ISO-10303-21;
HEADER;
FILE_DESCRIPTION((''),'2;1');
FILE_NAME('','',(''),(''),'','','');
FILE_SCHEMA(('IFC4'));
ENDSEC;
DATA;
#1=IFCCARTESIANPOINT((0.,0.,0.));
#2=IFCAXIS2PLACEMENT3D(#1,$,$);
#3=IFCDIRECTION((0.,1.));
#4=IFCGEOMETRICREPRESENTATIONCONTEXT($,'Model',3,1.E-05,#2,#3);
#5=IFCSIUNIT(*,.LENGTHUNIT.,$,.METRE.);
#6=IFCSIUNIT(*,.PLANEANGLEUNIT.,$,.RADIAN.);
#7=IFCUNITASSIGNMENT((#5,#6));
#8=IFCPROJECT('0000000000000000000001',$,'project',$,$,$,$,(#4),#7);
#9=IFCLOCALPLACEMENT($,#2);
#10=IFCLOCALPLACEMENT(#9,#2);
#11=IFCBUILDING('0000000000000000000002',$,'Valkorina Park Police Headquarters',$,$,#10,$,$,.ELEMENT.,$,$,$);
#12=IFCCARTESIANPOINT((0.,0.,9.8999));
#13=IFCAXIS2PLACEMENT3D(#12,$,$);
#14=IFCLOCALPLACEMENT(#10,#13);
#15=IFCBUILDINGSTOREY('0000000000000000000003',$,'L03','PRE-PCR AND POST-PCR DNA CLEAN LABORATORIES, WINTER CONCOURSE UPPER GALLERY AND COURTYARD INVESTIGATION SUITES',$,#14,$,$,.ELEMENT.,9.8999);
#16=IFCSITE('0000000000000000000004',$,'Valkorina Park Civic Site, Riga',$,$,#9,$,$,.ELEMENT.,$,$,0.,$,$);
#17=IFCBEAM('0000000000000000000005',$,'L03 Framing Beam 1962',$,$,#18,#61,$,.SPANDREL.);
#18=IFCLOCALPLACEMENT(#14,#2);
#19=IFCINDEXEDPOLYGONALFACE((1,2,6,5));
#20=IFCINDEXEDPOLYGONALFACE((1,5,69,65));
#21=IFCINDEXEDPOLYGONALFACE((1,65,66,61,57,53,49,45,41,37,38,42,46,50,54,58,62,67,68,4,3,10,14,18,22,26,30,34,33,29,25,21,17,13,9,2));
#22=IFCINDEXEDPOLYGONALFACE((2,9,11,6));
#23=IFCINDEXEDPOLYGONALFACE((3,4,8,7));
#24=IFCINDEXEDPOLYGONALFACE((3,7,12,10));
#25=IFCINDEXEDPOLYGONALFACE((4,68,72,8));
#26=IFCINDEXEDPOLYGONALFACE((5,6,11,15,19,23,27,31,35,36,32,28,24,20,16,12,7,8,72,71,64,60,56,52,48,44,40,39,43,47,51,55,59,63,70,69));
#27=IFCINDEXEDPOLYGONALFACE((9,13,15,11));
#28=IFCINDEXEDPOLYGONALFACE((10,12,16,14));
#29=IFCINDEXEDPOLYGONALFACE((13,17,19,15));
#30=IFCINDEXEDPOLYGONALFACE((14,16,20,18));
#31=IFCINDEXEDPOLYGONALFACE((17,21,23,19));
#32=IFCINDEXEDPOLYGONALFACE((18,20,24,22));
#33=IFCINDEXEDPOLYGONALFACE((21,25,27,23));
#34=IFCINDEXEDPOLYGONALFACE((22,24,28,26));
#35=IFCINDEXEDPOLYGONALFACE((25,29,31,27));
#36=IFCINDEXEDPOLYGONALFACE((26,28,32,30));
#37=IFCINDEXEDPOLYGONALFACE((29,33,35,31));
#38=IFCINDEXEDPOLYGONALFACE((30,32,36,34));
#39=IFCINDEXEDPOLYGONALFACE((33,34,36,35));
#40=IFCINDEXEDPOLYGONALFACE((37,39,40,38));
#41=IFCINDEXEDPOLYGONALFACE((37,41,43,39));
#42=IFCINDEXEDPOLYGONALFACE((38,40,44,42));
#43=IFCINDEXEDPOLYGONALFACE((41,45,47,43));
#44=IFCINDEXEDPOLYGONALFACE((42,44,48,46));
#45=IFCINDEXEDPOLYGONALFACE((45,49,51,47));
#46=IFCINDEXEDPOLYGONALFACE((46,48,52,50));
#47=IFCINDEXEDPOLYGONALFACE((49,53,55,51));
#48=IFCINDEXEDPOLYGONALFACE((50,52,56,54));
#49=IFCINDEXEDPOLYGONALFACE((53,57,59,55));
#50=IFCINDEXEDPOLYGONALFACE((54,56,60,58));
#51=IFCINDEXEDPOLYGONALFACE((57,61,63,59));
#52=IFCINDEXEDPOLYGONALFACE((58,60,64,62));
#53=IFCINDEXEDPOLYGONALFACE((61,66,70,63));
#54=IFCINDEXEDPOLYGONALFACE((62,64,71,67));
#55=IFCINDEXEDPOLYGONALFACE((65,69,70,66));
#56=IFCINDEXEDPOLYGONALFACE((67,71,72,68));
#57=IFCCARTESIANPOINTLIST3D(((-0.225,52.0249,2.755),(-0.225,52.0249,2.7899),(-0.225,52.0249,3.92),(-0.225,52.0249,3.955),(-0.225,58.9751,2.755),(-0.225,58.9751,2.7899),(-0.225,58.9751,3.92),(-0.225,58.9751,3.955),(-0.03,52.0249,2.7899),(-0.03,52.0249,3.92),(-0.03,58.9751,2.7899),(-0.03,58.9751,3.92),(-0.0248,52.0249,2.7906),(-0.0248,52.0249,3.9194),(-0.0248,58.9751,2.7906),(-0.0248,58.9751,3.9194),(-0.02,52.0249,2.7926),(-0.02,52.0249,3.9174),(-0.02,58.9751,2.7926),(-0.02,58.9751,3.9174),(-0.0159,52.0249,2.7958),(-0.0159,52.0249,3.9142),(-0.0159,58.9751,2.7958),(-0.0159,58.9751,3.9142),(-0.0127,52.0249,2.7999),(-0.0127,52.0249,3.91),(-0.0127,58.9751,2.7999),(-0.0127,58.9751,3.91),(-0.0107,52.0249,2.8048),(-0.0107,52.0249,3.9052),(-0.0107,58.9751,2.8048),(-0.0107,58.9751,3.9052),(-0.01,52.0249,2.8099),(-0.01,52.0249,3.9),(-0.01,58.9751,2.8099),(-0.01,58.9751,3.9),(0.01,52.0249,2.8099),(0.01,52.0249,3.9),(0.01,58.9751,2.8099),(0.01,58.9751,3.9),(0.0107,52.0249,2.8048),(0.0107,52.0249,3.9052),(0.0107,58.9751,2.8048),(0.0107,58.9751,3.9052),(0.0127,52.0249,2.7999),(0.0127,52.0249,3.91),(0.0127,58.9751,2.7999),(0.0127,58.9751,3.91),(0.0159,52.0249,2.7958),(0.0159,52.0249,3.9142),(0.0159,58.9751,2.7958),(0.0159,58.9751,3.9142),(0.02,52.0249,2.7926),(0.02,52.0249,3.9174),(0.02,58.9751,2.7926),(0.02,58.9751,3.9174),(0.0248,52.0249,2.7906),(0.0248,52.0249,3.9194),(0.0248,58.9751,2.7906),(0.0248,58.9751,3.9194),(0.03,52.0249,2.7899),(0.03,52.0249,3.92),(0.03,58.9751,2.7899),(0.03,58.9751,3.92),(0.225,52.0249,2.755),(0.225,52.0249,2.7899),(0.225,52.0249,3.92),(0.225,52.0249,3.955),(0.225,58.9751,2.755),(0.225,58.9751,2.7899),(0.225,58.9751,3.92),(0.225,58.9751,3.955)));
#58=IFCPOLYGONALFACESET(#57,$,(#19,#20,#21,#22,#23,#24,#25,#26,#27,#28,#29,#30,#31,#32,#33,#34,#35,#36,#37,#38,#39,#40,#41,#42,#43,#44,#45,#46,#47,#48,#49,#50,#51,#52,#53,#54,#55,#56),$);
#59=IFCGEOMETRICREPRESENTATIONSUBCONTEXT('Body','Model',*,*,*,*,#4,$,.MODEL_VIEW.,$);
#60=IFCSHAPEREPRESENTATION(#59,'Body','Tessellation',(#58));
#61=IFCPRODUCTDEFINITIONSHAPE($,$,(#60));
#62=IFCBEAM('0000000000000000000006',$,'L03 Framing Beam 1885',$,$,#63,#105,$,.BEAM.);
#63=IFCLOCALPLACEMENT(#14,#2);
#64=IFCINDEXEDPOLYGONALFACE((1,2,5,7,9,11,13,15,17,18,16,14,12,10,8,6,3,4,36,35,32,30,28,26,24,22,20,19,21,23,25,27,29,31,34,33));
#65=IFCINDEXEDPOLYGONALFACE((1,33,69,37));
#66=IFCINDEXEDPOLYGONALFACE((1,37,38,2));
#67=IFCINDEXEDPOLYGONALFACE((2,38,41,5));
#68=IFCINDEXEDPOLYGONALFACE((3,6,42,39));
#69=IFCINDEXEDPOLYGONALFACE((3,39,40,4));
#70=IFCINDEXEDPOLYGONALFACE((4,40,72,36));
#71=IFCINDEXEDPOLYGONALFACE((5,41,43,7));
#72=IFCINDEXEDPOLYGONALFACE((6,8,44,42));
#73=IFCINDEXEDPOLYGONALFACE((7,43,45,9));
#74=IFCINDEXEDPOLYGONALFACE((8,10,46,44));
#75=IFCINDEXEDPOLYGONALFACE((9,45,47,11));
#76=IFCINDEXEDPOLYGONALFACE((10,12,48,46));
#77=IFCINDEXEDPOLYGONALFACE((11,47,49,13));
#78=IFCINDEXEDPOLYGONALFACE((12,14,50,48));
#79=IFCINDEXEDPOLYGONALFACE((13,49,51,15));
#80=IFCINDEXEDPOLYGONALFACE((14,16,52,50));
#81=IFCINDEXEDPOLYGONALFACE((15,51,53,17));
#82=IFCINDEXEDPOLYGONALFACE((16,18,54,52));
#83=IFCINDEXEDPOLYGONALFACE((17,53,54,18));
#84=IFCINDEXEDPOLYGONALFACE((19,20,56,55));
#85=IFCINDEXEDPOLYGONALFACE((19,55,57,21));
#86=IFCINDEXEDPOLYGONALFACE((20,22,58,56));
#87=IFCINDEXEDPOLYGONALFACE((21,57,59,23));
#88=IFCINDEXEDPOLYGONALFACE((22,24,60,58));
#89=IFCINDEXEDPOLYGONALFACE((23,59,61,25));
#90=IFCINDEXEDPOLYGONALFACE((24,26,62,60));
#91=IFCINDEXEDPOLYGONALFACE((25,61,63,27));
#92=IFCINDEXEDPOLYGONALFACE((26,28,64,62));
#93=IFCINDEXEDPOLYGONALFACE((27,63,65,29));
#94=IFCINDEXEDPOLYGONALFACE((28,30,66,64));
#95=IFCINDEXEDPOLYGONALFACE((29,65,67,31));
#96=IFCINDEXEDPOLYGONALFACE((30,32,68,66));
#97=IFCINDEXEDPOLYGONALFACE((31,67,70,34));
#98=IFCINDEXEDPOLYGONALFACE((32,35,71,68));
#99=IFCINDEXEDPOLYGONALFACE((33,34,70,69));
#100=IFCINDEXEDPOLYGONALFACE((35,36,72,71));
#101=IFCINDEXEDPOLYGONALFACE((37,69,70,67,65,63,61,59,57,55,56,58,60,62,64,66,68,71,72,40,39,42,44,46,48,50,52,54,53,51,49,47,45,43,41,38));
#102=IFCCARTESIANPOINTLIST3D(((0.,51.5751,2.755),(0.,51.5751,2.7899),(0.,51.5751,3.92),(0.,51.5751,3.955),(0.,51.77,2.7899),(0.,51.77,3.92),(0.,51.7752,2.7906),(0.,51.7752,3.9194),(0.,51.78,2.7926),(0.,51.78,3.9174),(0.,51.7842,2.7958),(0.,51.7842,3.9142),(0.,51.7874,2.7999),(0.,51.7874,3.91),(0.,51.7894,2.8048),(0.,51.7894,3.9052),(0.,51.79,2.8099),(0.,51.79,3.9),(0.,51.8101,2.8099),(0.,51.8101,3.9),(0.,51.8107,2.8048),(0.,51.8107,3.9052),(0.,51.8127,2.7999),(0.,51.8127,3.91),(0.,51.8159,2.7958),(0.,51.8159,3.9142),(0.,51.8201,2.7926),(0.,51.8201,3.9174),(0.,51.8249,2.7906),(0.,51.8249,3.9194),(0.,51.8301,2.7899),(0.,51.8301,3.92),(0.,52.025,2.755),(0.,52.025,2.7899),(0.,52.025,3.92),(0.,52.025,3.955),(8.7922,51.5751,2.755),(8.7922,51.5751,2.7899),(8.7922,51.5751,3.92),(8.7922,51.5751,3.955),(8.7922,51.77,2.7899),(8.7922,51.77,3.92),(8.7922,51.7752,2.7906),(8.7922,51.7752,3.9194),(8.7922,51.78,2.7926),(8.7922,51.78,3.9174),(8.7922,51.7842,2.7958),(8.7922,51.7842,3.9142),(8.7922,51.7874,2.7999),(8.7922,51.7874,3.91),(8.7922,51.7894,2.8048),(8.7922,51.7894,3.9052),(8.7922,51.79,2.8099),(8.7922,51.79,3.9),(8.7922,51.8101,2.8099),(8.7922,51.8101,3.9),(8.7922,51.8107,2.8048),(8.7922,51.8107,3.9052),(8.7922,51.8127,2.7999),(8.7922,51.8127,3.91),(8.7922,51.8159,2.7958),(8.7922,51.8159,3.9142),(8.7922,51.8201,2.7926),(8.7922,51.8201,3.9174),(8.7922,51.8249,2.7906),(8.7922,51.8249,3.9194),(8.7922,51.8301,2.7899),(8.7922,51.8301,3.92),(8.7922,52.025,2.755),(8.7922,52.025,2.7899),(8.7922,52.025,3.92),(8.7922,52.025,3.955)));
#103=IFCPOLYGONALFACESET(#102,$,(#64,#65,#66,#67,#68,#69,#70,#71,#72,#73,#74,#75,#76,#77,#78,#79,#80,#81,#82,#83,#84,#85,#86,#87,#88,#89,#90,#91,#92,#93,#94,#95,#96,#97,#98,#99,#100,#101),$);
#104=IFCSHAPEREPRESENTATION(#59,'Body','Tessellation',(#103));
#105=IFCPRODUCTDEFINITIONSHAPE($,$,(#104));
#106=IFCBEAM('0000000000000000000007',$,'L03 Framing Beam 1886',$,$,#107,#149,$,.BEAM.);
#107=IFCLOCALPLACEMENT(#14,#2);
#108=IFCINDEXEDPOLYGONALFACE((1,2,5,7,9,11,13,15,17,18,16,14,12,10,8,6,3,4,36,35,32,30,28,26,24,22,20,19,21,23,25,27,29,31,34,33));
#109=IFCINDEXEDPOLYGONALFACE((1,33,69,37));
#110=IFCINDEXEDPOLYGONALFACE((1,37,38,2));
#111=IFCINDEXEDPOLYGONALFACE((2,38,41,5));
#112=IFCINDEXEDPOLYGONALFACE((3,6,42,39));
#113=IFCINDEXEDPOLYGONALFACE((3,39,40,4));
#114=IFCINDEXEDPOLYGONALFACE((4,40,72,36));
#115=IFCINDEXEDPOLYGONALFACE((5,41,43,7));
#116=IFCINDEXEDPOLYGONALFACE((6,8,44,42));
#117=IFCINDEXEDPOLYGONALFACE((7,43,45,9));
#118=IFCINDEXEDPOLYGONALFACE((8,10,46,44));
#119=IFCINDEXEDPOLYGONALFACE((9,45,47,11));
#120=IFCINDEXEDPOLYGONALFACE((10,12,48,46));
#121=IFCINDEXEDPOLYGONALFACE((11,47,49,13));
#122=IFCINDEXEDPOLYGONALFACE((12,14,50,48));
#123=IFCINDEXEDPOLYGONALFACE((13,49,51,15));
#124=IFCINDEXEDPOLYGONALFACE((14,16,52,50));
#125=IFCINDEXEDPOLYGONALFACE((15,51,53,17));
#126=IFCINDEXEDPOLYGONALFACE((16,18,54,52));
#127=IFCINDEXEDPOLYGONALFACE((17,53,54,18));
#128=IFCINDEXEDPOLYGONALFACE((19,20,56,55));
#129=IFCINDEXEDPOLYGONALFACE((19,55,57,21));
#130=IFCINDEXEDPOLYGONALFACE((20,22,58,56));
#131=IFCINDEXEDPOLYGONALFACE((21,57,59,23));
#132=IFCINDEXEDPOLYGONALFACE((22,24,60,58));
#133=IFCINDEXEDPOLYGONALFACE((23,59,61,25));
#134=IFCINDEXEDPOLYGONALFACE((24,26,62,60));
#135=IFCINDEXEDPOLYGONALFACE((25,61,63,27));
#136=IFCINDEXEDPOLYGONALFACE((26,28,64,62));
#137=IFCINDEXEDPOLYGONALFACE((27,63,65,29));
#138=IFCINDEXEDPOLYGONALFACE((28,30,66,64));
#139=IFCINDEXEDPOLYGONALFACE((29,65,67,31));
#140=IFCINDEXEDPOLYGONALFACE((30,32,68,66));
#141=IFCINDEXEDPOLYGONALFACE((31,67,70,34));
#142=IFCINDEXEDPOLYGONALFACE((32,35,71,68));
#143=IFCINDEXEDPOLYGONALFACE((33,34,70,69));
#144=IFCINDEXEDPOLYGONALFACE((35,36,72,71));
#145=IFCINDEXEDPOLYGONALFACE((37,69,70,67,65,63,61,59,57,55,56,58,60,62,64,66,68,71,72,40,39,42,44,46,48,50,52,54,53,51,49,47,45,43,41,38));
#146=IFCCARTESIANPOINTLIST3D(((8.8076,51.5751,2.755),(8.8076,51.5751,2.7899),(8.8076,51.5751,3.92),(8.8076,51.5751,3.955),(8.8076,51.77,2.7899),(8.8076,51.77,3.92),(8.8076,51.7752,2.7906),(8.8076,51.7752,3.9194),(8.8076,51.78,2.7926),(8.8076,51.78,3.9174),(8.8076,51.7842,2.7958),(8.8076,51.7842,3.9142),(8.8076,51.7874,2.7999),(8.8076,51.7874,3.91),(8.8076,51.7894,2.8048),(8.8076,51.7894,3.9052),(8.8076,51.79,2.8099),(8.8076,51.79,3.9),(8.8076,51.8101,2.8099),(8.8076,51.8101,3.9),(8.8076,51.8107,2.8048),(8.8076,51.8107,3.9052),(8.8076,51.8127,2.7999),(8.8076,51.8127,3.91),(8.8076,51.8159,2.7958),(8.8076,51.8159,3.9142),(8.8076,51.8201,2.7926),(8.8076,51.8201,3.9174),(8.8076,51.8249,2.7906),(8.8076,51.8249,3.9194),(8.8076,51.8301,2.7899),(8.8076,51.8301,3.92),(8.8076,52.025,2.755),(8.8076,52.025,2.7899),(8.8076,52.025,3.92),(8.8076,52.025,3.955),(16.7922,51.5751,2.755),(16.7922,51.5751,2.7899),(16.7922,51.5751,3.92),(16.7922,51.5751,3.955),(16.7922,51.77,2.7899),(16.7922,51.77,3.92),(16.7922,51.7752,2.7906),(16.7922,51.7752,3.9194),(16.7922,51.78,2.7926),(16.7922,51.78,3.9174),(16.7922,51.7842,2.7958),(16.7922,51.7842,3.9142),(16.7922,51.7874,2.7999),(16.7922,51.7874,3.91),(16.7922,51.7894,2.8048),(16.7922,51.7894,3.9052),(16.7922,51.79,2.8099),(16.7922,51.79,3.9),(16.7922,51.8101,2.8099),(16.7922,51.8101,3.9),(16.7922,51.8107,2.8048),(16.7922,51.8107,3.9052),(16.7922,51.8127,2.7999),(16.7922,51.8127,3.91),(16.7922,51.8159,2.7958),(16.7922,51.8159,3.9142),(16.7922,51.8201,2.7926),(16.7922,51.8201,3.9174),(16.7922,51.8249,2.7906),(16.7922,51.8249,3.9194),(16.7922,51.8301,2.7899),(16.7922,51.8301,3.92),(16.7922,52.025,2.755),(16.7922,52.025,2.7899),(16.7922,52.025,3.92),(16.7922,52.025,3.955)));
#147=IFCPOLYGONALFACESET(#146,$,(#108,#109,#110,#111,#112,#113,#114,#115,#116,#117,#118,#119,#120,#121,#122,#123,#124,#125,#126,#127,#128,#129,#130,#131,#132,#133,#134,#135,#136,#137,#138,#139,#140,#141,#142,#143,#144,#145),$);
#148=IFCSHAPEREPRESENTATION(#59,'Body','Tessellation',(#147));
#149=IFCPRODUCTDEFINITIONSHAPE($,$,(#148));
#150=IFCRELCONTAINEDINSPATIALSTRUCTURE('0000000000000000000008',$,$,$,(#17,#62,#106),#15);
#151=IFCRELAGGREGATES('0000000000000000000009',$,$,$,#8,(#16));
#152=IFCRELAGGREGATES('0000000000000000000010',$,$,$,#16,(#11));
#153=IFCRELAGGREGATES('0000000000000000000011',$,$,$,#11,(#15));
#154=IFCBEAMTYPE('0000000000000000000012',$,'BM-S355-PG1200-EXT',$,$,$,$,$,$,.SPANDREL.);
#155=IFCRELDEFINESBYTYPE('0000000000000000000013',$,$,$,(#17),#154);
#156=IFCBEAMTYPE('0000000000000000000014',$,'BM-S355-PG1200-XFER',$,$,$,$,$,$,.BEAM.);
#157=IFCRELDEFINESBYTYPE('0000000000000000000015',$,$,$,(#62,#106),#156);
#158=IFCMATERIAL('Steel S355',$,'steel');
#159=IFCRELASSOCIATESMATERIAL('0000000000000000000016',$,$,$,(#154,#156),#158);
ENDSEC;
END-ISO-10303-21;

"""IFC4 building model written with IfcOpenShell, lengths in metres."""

from ifc_helpers import new_model, si_unit, direction, frame, origin, origin_2d, place, context, subcontext, project, spatial, i_section, extrude, material, material_profile, profile_set, type_object, element, save


model = new_model("IFC4")

# Units and contexts
model_context = context("Model", 3, precision=1e-05, world=origin(), true_north=direction((0.0, 1.0)))
body_context = subcontext(model_context, "Body", "Model", "MODEL_VIEW")
ifc_project = project(units=[si_unit("LENGTHUNIT", "METRE"), si_unit("PLANEANGLEUNIT", "RADIAN")], contexts=[model_context])

# Site, building, storey
site_placement = place(None, origin())
site = spatial("IfcSite", under=ifc_project, at=site_placement, Name="Valkorina Park Civic Site, Riga", CompositionType="ELEMENT", RefElevation=0.0)
building_placement = place(site_placement, origin())
building = spatial("IfcBuilding", under=site, at=building_placement, Name="Valkorina Park Police Headquarters", CompositionType="ELEMENT")
storey_placement = place(building_placement, frame((0.0, 0.0, 9.8999)))
storey = spatial("IfcBuildingStorey", under=building, at=storey_placement, Name="L03", Description="PRE-PCR AND POST-PCR DNA CLEAN LABORATORIES, WINTER CONCOURSE UPPER GALLERY AND COURTYARD INVESTIGATION SUITES", CompositionType="ELEMENT", Elevation=9.8999)

# Shared definitions
ifc_material_1 = material(Name="Steel S355", Category="steel")

# Beams
ifc_material_profile_1 = material_profile(ifc_material_1, i_section(OverallWidth=0.45, OverallDepth=1.2, WebThickness=0.02, FlangeThickness=0.0349, FilletRadius=0.02, at=origin_2d()), Name="PG 1200x450")
ifc_profile_set_1 = profile_set([ifc_material_profile_1], Name="Steel S355")
beam_type_1 = type_object("IfcBeamType", Name="BM-S355-PG1200-EXT", PredefinedType="SPANDREL", material=ifc_profile_set_1)
beam_1_placement = place(storey_placement, frame((0.0, 52.0249, 3.355), z_axis=(0.0, 1.0, 0.0), x_axis=(-1.0, 0.0, 0.0)))
element("IfcBeam", 1, at=beam_1_placement, inside=storey, type_object=beam_type_1, Name="L03 Framing Beam 1962", PredefinedType="SPANDREL", context=body_context, shape_type="SweptSolid", body=[
    extrude(i_section(OverallWidth=0.45, OverallDepth=1.2, WebThickness=0.02, FlangeThickness=0.0349, FilletRadius=0.02, at=origin_2d()), origin(), (0.0, 0.0, 1.0), 6.9502),
])
ifc_material_profile_2 = material_profile(ifc_material_1, i_section(OverallWidth=0.45, OverallDepth=1.2, WebThickness=0.02, FlangeThickness=0.0349, FilletRadius=0.02, at=origin_2d()), Name="PG 1200x450")
ifc_profile_set_2 = profile_set([ifc_material_profile_2], Name="Steel S355")
beam_type_2 = type_object("IfcBeamType", Name="BM-S355-PG1200-XFER", PredefinedType="BEAM", material=ifc_profile_set_2)
beam_2_placement = place(storey_placement, frame((0.0, 51.8, 3.355), z_axis=(1.0, 0.0, 0.0), x_axis=(0.0, 1.0, 0.0)))
element("IfcBeam", 2, at=beam_2_placement, inside=storey, type_object=beam_type_2, Name="L03 Framing Beam 1885", PredefinedType="BEAM", context=body_context, shape_type="SweptSolid", body=[
    extrude(i_section(OverallWidth=0.45, OverallDepth=1.2, WebThickness=0.02, FlangeThickness=0.0349, FilletRadius=0.02, at=origin_2d()), origin(), (0.0, 0.0, 1.0), 8.7922),
])
beam_3_placement = place(storey_placement, frame((8.8076, 51.8, 3.355), z_axis=(1.0, 0.0, 0.0), x_axis=(0.0, 1.0, 0.0)))
element("IfcBeam", 3, at=beam_3_placement, inside=storey, type_object=beam_type_2, Name="L03 Framing Beam 1886", PredefinedType="BEAM", context=body_context, shape_type="SweptSolid", body=[
    extrude(i_section(OverallWidth=0.45, OverallDepth=1.2, WebThickness=0.02, FlangeThickness=0.0349, FilletRadius=0.02, at=origin_2d()), origin(), (0.0, 0.0, 1.0), 7.9846),
])

save(model, "model.ifc")
